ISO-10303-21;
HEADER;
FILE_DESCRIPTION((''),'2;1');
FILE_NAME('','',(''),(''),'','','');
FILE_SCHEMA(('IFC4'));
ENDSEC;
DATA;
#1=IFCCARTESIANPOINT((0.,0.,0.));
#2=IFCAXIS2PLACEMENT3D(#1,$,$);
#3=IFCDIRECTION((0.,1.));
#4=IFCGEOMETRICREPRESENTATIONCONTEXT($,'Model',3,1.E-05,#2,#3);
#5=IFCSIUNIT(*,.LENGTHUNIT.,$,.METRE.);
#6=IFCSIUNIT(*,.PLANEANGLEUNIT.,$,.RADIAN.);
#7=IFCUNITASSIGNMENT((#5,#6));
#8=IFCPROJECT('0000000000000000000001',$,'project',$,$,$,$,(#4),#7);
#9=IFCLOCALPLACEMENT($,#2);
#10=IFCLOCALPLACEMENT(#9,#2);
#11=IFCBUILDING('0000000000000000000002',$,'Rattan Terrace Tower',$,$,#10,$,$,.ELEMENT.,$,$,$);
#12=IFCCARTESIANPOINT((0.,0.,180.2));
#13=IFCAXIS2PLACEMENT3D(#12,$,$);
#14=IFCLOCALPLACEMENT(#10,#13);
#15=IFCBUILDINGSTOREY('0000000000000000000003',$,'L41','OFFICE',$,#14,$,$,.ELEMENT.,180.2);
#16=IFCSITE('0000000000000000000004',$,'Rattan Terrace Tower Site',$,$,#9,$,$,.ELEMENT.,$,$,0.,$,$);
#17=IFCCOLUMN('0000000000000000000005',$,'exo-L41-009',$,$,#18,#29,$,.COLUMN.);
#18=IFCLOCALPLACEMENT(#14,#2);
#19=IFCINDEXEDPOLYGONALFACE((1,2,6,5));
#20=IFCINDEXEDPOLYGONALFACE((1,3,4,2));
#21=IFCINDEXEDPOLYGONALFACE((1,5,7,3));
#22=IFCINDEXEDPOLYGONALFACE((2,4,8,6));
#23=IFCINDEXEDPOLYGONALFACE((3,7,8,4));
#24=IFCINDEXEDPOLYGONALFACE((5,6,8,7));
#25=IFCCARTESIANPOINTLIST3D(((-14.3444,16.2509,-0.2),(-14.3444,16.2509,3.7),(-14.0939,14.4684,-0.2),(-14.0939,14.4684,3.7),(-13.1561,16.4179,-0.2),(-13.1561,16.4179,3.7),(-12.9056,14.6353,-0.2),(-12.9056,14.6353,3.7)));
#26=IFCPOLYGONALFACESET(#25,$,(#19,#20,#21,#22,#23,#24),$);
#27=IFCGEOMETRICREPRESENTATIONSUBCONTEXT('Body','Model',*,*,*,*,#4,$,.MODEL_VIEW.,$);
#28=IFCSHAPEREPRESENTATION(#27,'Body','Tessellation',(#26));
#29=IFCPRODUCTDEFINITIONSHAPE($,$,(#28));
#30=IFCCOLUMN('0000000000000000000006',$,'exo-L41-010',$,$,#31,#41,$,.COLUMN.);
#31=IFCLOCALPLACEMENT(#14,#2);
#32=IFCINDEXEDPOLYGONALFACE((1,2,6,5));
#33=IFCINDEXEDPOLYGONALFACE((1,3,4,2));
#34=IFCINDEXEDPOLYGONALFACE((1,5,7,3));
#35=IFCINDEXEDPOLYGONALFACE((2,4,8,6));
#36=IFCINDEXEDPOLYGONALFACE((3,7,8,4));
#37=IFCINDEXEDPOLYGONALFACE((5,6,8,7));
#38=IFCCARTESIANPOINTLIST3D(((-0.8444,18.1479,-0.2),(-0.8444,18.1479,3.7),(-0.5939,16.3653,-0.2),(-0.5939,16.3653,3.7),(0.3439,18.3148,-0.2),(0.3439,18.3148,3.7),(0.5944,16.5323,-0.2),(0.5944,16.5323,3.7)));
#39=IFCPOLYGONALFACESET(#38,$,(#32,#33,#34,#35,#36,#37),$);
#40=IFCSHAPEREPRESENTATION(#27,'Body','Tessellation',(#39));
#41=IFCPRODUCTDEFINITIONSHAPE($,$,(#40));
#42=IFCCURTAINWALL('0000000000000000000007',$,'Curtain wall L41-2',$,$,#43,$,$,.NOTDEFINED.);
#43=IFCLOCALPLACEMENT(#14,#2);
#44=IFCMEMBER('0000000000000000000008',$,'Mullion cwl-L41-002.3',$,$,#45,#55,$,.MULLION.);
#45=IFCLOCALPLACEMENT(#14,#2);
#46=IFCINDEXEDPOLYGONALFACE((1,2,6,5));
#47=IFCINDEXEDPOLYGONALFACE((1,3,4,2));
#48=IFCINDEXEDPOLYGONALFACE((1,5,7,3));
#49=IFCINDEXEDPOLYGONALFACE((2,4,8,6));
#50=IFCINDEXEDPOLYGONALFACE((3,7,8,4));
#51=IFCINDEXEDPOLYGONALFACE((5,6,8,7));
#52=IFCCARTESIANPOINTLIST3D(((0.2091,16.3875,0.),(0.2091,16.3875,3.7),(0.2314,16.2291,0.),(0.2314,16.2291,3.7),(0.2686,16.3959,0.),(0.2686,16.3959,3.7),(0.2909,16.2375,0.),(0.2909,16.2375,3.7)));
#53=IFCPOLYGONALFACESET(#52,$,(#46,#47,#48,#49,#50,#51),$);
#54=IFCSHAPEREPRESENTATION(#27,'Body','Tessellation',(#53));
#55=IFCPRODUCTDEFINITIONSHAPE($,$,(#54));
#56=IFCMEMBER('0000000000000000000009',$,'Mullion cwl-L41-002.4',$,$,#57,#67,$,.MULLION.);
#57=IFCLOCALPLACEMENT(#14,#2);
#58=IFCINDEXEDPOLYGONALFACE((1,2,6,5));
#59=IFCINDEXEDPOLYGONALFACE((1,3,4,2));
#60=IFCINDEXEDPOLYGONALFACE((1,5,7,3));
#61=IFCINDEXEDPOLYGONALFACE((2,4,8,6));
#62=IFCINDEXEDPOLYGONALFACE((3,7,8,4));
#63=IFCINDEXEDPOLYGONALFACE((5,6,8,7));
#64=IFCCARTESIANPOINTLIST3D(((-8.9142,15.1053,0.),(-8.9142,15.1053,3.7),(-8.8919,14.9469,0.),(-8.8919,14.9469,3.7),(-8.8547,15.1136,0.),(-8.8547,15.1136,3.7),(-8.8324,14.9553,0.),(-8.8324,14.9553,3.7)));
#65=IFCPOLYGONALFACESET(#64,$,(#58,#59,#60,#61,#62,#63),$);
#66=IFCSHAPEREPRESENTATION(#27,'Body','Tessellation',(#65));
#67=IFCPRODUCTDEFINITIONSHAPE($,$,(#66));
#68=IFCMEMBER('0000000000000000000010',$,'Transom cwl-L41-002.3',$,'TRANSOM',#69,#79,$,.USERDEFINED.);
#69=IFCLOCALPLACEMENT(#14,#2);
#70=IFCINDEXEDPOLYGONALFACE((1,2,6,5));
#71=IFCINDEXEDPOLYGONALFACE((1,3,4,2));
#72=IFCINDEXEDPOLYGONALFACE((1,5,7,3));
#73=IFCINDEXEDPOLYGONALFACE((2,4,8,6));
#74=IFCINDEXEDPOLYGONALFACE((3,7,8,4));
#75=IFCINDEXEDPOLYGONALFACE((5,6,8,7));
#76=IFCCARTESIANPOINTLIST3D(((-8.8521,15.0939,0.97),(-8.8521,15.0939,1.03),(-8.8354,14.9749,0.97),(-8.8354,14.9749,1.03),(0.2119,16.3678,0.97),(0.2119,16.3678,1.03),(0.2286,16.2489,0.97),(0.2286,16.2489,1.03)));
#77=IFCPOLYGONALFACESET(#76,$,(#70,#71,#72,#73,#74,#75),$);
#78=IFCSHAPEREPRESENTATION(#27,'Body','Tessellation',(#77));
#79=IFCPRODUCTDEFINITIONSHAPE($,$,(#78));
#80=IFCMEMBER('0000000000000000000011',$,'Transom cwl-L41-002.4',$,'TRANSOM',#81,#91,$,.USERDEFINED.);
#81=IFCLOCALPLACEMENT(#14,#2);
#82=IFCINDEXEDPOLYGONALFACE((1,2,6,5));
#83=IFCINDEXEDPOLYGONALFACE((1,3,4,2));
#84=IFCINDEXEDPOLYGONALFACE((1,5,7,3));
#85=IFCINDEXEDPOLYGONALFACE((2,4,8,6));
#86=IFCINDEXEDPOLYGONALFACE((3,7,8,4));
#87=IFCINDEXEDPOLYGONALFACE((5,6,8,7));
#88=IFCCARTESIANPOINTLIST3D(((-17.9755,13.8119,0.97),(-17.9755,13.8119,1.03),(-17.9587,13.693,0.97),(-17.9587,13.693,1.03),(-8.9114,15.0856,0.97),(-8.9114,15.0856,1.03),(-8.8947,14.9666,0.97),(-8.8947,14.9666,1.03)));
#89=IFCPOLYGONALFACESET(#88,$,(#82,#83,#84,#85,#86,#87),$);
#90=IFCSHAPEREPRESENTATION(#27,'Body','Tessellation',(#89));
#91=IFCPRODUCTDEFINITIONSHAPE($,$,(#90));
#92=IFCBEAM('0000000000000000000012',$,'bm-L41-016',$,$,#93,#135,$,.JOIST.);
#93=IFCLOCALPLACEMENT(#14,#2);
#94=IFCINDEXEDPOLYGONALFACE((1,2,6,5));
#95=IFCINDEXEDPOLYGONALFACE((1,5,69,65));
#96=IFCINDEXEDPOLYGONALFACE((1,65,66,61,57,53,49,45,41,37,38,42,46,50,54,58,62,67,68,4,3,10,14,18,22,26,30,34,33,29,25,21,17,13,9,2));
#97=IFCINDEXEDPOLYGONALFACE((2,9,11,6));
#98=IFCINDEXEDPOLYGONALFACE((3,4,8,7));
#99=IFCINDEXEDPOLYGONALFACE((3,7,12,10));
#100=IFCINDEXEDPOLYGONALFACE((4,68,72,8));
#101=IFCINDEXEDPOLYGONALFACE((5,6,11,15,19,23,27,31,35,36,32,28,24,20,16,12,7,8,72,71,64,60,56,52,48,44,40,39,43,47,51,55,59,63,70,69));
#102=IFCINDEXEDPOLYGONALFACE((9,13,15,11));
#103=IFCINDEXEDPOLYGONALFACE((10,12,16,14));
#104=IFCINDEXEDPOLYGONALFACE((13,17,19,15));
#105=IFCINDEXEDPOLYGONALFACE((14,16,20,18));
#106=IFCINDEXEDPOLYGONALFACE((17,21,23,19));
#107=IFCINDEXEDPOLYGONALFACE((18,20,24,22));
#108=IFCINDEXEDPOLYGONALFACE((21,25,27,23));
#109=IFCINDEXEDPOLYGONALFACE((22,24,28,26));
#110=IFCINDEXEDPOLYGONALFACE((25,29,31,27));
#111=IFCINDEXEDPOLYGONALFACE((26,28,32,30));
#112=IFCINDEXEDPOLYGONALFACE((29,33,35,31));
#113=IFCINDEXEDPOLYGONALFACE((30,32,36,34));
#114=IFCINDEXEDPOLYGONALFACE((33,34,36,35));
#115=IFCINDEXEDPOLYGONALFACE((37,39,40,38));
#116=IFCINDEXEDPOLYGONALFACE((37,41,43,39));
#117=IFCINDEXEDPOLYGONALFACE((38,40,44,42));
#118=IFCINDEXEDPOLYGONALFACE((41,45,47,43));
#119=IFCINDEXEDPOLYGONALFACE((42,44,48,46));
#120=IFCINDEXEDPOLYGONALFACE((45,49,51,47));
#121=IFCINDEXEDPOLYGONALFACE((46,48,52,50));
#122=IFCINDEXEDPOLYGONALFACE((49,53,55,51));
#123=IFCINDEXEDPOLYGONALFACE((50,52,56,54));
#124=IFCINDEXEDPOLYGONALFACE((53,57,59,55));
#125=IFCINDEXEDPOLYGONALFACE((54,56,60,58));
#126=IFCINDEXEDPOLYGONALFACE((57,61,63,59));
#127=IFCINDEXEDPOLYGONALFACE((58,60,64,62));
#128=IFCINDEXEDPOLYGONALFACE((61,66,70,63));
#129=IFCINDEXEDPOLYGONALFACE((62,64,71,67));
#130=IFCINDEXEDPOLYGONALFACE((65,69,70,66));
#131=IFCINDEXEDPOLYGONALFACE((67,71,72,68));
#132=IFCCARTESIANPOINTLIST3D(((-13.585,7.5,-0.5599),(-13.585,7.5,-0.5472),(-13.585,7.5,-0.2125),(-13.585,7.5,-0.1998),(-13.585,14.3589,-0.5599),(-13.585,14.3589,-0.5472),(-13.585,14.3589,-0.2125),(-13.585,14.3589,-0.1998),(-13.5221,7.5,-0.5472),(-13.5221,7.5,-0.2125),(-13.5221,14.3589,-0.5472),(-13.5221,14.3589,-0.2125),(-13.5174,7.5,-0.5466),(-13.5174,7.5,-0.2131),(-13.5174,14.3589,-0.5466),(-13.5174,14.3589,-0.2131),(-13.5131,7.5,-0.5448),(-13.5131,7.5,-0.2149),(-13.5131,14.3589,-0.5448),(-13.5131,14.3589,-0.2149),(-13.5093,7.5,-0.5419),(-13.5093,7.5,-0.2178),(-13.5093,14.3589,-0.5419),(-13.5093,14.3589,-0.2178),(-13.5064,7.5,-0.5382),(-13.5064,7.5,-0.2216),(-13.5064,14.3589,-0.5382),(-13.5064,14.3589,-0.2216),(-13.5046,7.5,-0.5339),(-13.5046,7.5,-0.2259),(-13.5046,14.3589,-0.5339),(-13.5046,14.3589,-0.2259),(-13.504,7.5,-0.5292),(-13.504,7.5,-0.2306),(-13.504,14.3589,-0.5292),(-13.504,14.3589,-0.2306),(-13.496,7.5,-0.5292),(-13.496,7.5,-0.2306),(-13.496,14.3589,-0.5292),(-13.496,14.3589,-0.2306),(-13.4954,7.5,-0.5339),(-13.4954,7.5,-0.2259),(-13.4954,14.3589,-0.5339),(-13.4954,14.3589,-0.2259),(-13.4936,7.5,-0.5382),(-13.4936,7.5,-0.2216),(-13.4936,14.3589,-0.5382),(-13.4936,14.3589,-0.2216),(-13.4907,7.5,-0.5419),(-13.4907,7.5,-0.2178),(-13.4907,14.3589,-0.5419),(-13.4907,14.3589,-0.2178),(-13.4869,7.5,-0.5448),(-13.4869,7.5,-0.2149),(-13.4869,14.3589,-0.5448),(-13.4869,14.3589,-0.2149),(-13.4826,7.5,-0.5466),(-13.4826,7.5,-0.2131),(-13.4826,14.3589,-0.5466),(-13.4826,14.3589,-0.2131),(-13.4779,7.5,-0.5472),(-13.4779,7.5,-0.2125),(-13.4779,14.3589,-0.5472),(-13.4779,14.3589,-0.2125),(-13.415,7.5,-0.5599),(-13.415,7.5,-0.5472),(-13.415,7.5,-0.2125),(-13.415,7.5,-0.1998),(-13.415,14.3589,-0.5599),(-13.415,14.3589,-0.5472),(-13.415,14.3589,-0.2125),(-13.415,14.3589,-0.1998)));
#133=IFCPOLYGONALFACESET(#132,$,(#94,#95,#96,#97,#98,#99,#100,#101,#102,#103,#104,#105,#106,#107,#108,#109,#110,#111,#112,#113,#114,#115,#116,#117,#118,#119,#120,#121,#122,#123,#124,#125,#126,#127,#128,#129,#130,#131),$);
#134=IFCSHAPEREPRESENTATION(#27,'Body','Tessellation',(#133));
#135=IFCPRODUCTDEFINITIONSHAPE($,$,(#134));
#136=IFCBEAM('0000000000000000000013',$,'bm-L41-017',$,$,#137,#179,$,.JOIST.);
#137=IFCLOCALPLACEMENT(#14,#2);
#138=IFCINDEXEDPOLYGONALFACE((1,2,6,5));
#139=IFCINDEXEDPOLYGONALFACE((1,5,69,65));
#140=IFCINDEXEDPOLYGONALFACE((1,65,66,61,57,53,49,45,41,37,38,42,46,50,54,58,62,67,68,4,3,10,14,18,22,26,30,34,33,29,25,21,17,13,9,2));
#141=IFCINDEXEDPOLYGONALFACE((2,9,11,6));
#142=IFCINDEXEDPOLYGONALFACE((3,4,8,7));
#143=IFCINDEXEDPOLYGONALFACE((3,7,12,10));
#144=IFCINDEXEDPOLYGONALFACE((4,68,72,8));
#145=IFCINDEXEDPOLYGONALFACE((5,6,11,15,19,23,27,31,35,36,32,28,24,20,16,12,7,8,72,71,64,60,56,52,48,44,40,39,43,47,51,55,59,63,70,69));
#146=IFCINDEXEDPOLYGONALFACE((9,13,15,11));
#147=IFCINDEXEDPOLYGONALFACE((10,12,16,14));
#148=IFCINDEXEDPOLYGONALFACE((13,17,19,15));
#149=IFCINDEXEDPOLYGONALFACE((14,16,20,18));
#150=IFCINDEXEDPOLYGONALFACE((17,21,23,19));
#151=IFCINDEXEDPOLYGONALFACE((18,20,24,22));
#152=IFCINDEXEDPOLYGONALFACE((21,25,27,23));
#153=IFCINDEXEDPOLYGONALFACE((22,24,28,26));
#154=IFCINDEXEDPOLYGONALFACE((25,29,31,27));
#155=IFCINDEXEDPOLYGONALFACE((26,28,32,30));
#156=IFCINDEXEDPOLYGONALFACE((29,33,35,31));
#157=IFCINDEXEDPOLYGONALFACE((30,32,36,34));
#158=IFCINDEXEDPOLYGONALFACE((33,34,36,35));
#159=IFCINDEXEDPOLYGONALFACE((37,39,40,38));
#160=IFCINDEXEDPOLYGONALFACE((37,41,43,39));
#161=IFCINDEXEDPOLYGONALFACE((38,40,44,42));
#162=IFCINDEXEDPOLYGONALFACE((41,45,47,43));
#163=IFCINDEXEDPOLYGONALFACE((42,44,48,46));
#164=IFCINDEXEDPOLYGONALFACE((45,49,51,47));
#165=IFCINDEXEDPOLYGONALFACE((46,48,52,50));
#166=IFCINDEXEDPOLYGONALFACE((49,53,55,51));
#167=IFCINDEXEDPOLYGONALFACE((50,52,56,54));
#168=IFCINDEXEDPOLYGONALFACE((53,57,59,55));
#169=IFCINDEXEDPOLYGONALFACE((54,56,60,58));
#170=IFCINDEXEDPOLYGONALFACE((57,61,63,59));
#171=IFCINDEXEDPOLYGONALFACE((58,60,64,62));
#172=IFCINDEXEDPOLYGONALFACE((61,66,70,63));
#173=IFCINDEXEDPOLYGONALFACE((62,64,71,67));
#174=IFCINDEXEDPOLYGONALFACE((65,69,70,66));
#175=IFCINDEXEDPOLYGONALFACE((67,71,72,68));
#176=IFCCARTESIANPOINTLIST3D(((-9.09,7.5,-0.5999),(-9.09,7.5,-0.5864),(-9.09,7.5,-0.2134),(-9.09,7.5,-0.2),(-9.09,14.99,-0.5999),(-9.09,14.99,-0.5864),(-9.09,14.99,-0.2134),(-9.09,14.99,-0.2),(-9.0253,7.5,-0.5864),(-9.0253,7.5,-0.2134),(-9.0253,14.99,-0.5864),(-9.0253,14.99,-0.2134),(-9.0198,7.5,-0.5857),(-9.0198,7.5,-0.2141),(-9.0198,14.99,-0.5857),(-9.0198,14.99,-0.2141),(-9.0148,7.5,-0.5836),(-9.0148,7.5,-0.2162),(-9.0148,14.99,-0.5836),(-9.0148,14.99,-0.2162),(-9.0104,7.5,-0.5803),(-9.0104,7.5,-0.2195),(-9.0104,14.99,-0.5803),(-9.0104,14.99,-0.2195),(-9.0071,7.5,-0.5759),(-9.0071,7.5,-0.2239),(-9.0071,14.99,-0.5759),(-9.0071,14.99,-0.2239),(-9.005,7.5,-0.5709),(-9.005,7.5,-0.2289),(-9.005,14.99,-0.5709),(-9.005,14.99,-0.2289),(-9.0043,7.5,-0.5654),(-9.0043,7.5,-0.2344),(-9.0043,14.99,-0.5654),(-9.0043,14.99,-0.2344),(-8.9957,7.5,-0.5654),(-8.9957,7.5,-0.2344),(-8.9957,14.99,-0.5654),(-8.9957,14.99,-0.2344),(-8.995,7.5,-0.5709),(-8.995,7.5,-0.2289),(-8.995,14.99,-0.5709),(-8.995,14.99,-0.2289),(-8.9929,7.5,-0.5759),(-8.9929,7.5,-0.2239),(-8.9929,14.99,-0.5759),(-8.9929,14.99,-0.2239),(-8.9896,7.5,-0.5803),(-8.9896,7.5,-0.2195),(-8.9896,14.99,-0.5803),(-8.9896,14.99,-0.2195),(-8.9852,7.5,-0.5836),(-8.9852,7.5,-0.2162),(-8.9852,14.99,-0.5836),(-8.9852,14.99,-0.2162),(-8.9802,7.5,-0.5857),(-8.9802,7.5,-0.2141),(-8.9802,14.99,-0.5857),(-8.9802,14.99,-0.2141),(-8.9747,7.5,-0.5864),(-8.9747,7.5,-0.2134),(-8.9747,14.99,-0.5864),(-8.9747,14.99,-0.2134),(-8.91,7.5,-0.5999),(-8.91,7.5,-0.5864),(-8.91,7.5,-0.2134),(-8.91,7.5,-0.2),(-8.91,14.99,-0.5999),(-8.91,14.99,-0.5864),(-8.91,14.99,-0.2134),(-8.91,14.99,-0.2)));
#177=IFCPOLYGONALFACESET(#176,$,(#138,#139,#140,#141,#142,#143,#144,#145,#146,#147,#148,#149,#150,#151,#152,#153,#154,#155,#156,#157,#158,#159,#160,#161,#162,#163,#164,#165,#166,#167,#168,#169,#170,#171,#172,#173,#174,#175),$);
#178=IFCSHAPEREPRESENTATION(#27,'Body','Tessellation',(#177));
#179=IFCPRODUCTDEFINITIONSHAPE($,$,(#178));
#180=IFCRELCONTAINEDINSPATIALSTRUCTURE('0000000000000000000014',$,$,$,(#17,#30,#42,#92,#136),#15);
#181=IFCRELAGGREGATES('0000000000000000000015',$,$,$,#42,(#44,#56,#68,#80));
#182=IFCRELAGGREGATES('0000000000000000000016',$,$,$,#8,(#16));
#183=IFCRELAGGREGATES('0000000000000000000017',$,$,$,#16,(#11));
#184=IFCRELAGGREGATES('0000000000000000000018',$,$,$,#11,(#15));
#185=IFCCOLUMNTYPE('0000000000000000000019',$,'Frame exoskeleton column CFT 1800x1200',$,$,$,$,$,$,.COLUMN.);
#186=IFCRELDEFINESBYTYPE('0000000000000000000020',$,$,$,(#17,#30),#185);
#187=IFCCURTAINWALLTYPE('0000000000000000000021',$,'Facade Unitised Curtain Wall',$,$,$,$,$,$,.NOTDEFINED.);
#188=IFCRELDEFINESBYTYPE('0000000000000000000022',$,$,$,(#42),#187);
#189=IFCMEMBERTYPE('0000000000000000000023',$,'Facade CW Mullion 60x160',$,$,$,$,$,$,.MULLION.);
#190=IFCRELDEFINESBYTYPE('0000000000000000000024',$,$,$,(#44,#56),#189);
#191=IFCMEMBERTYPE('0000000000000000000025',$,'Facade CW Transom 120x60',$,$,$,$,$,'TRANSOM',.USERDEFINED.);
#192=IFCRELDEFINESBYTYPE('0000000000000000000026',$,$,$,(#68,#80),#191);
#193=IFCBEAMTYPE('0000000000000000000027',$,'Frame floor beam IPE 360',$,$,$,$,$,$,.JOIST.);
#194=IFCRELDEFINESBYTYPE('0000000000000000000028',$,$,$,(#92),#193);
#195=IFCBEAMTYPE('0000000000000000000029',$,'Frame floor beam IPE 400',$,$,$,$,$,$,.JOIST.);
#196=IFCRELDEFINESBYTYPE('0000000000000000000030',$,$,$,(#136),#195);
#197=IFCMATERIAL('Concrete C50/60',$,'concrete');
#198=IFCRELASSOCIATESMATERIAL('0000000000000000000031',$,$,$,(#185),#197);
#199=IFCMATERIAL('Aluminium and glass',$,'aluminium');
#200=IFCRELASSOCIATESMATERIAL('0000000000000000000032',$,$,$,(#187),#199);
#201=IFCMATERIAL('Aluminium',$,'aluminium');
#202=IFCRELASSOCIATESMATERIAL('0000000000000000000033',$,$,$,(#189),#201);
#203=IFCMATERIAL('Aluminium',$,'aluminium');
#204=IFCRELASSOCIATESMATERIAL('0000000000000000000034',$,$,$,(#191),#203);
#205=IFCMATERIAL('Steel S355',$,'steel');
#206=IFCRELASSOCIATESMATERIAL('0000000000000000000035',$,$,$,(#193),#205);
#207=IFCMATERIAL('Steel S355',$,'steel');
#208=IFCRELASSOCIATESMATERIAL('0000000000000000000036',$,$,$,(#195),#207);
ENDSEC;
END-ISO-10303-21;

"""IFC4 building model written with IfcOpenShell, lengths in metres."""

from ifc_helpers import new_model, si_unit, direction, frame, origin, origin_2d, place, context, subcontext, project, spatial, rectangle, i_section, extrude, material, material_profile, profile_set, type_object, element, aggregate, save


model = new_model("IFC4")

# Units and contexts
model_context = context("Model", 3, precision=1e-05, world=origin(), true_north=direction((0.0, 1.0)))
body_context = subcontext(model_context, "Body", "Model", "MODEL_VIEW")
ifc_project = project(units=[si_unit("LENGTHUNIT", "METRE"), si_unit("PLANEANGLEUNIT", "RADIAN")], contexts=[model_context])

# Site, building, storey
site_placement = place(None, origin())
site = spatial("IfcSite", under=ifc_project, at=site_placement, Name="Rattan Terrace Tower Site", CompositionType="ELEMENT", RefElevation=0.0)
building_placement = place(site_placement, origin())
building = spatial("IfcBuilding", under=site, at=building_placement, Name="Rattan Terrace Tower", CompositionType="ELEMENT")
storey_placement = place(building_placement, frame((0.0, 0.0, 180.2)))
storey = spatial("IfcBuildingStorey", under=building, at=storey_placement, Name="L41", Description="OFFICE", CompositionType="ELEMENT", Elevation=180.2)

# Columns
ifc_material_1 = material(Name="Concrete C50/60", Category="concrete")
ifc_material_profile_1 = material_profile(ifc_material_1, rectangle(XDim=1.2, YDim=1.8, at=origin_2d()), Name="CFT 1800x1200")
ifc_profile_set_1 = profile_set([ifc_material_profile_1], Name="Concrete C50/60")
column_type = type_object("IfcColumnType", Name="Frame exoskeleton column CFT 1800x1200", PredefinedType="COLUMN", material=ifc_profile_set_1)
for number, where, z_axis, x_axis, name in (
    (1, (-13.625, 15.4431, -0.2), (0.0, 0.0, 1.0), (0.99027, 0.139156, 0.0), "exo-L41-009"),
    (2, (-0.125, 17.3401, -0.2), (0.0, 0.0, 1.0), (0.99027, 0.139156, 0.0), "exo-L41-010"),
):
    element("IfcColumn", number, at=place(storey_placement, frame(where, z_axis=z_axis, x_axis=x_axis)), inside=storey, type_object=column_type, Name=name, PredefinedType="COLUMN", context=body_context, shape_type="SweptSolid", body=[
        extrude(rectangle(XDim=1.2, YDim=1.8, at=origin_2d()), origin(), (0.0, 0.0, 1.0), 3.8999),
    ])

# Curtain wall, members
ifc_material_2 = material(Name="Aluminium and glass", Category="aluminium")
curtain_wall_type = type_object("IfcCurtainWallType", Name="Facade Unitised Curtain Wall", PredefinedType="NOTDEFINED", material=ifc_material_2)
curtain_wall_placement = place(storey_placement, origin())
curtain_wall = element("IfcCurtainWall", 3, at=curtain_wall_placement, inside=storey, type_object=curtain_wall_type, Name="Curtain wall L41-2", PredefinedType="NOTDEFINED")
ifc_material_3 = material(Name="Aluminium", Category="aluminium")
ifc_material_profile_2 = material_profile(ifc_material_3, rectangle(XDim=0.0601, YDim=0.1599, at=origin_2d()), Name="Aluminium 60x160")
ifc_profile_set_2 = profile_set([ifc_material_profile_2], Name="Aluminium")
member_type_1 = type_object("IfcMemberType", Name="Facade CW Mullion 60x160", PredefinedType="MULLION", material=ifc_profile_set_2)
member_1_placement = place(storey_placement, frame((0.25, 16.3125, 0.0), z_axis=(0.0, 0.0, 1.0), x_axis=(-0.99027, -0.139161, 0.0)))
member_1 = element("IfcMember", 4, at=member_1_placement, type_object=member_type_1, Name="Mullion cwl-L41-002.3", PredefinedType="MULLION", context=body_context, shape_type="SweptSolid", body=[
    extrude(rectangle(XDim=0.0601, YDim=0.1599, at=origin_2d()), origin(), (0.0, 0.0, 1.0), 3.7),
])
member_2_placement = place(storey_placement, frame((-8.8733, 15.0303, 0.0), z_axis=(0.0, 0.0, 1.0), x_axis=(-0.99027, -0.139161, 0.0)))
member_2 = element("IfcMember", 5, at=member_2_placement, type_object=member_type_1, Name="Mullion cwl-L41-002.4", PredefinedType="MULLION", context=body_context, shape_type="SweptSolid", body=[
    extrude(rectangle(XDim=0.0601, YDim=0.1599, at=origin_2d()), origin(), (0.0, 0.0, 1.0), 3.7),
])
ifc_material_4 = material(Name="Aluminium", Category="aluminium")
ifc_material_profile_3 = material_profile(ifc_material_4, rectangle(XDim=0.1201, YDim=0.0601, at=origin_2d()), Name="Aluminium 120x60")
ifc_profile_set_3 = profile_set([ifc_material_profile_3], Name="Aluminium")
member_type_2 = type_object("IfcMemberType", Name="Facade CW Transom 120x60", ElementType="TRANSOM", PredefinedType="USERDEFINED", material=ifc_profile_set_3)
member_3_placement = place(storey_placement, frame((0.2202, 16.3083, 1.0), z_axis=(-0.990267, -0.13918, 0.0), x_axis=(0.13918, -0.990267, 0.0)))
member_3 = element("IfcMember", 6, at=member_3_placement, type_object=member_type_2, Name="Transom cwl-L41-002.3", ObjectType="TRANSOM", PredefinedType="USERDEFINED", context=body_context, shape_type="SweptSolid", body=[
    extrude(rectangle(XDim=0.1201, YDim=0.0601, at=origin_2d()), origin(), (0.0, 0.0, 1.0), 9.1531),
])
member_4_placement = place(storey_placement, frame((-8.9031, 15.0261, 1.0), z_axis=(-0.990271, -0.139154, 0.0), x_axis=(0.139154, -0.990271, 0.0)))
member_4 = element("IfcMember", 7, at=member_4_placement, type_object=member_type_2, Name="Transom cwl-L41-002.4", ObjectType="TRANSOM", PredefinedType="USERDEFINED", context=body_context, shape_type="SweptSolid", body=[
    extrude(rectangle(XDim=0.1201, YDim=0.0601, at=origin_2d()), origin(), (0.0, 0.0, 1.0), 9.1531),
])

# Beams
ifc_material_5 = material(Name="Steel S355", Category="steel")
ifc_material_profile_4 = material_profile(ifc_material_5, i_section(OverallWidth=0.1699, OverallDepth=0.3601, WebThickness=0.0081, FlangeThickness=0.0127, FilletRadius=0.0181, at=origin_2d()), Name="IPE 360")
ifc_profile_set_4 = profile_set([ifc_material_profile_4], Name="Steel S355")
beam_type_1 = type_object("IfcBeamType", Name="Frame floor beam IPE 360", PredefinedType="JOIST", material=ifc_profile_set_4)
beam_1_placement = place(storey_placement, frame((-13.5, 7.5, -0.3799), z_axis=(0.0, 1.0, 0.0), x_axis=(-1.0, 0.0, 0.0)))
element("IfcBeam", 8, at=beam_1_placement, inside=storey, type_object=beam_type_1, Name="bm-L41-016", PredefinedType="JOIST", context=body_context, shape_type="SweptSolid", body=[
    extrude(i_section(OverallWidth=0.1699, OverallDepth=0.3601, WebThickness=0.0081, FlangeThickness=0.0127, FilletRadius=0.0181, at=origin_2d()), origin(), (0.0, 0.0, 1.0), 6.8589),
])
ifc_material_6 = material(Name="Steel S355", Category="steel")
ifc_material_profile_5 = material_profile(ifc_material_6, i_section(OverallWidth=0.1799, OverallDepth=0.3999, WebThickness=0.0085, FlangeThickness=0.0134, FilletRadius=0.021, at=origin_2d()), Name="IPE 400")
ifc_profile_set_5 = profile_set([ifc_material_profile_5], Name="Steel S355")
beam_type_2 = type_object("IfcBeamType", Name="Frame floor beam IPE 400", PredefinedType="JOIST", material=ifc_profile_set_5)
beam_2_placement = place(storey_placement, frame((-9.0, 7.5, -0.3999), z_axis=(0.0, 1.0, 0.0), x_axis=(-1.0, 0.0, 0.0)))
element("IfcBeam", 9, at=beam_2_placement, inside=storey, type_object=beam_type_2, Name="bm-L41-017", PredefinedType="JOIST", context=body_context, shape_type="SweptSolid", body=[
    extrude(i_section(OverallWidth=0.1799, OverallDepth=0.3999, WebThickness=0.0085, FlangeThickness=0.0134, FilletRadius=0.021, at=origin_2d()), origin(), (0.0, 0.0, 1.0), 7.49),
])

aggregate(curtain_wall, [member_1, member_2, member_3, member_4])

save(model, "model.ifc")
